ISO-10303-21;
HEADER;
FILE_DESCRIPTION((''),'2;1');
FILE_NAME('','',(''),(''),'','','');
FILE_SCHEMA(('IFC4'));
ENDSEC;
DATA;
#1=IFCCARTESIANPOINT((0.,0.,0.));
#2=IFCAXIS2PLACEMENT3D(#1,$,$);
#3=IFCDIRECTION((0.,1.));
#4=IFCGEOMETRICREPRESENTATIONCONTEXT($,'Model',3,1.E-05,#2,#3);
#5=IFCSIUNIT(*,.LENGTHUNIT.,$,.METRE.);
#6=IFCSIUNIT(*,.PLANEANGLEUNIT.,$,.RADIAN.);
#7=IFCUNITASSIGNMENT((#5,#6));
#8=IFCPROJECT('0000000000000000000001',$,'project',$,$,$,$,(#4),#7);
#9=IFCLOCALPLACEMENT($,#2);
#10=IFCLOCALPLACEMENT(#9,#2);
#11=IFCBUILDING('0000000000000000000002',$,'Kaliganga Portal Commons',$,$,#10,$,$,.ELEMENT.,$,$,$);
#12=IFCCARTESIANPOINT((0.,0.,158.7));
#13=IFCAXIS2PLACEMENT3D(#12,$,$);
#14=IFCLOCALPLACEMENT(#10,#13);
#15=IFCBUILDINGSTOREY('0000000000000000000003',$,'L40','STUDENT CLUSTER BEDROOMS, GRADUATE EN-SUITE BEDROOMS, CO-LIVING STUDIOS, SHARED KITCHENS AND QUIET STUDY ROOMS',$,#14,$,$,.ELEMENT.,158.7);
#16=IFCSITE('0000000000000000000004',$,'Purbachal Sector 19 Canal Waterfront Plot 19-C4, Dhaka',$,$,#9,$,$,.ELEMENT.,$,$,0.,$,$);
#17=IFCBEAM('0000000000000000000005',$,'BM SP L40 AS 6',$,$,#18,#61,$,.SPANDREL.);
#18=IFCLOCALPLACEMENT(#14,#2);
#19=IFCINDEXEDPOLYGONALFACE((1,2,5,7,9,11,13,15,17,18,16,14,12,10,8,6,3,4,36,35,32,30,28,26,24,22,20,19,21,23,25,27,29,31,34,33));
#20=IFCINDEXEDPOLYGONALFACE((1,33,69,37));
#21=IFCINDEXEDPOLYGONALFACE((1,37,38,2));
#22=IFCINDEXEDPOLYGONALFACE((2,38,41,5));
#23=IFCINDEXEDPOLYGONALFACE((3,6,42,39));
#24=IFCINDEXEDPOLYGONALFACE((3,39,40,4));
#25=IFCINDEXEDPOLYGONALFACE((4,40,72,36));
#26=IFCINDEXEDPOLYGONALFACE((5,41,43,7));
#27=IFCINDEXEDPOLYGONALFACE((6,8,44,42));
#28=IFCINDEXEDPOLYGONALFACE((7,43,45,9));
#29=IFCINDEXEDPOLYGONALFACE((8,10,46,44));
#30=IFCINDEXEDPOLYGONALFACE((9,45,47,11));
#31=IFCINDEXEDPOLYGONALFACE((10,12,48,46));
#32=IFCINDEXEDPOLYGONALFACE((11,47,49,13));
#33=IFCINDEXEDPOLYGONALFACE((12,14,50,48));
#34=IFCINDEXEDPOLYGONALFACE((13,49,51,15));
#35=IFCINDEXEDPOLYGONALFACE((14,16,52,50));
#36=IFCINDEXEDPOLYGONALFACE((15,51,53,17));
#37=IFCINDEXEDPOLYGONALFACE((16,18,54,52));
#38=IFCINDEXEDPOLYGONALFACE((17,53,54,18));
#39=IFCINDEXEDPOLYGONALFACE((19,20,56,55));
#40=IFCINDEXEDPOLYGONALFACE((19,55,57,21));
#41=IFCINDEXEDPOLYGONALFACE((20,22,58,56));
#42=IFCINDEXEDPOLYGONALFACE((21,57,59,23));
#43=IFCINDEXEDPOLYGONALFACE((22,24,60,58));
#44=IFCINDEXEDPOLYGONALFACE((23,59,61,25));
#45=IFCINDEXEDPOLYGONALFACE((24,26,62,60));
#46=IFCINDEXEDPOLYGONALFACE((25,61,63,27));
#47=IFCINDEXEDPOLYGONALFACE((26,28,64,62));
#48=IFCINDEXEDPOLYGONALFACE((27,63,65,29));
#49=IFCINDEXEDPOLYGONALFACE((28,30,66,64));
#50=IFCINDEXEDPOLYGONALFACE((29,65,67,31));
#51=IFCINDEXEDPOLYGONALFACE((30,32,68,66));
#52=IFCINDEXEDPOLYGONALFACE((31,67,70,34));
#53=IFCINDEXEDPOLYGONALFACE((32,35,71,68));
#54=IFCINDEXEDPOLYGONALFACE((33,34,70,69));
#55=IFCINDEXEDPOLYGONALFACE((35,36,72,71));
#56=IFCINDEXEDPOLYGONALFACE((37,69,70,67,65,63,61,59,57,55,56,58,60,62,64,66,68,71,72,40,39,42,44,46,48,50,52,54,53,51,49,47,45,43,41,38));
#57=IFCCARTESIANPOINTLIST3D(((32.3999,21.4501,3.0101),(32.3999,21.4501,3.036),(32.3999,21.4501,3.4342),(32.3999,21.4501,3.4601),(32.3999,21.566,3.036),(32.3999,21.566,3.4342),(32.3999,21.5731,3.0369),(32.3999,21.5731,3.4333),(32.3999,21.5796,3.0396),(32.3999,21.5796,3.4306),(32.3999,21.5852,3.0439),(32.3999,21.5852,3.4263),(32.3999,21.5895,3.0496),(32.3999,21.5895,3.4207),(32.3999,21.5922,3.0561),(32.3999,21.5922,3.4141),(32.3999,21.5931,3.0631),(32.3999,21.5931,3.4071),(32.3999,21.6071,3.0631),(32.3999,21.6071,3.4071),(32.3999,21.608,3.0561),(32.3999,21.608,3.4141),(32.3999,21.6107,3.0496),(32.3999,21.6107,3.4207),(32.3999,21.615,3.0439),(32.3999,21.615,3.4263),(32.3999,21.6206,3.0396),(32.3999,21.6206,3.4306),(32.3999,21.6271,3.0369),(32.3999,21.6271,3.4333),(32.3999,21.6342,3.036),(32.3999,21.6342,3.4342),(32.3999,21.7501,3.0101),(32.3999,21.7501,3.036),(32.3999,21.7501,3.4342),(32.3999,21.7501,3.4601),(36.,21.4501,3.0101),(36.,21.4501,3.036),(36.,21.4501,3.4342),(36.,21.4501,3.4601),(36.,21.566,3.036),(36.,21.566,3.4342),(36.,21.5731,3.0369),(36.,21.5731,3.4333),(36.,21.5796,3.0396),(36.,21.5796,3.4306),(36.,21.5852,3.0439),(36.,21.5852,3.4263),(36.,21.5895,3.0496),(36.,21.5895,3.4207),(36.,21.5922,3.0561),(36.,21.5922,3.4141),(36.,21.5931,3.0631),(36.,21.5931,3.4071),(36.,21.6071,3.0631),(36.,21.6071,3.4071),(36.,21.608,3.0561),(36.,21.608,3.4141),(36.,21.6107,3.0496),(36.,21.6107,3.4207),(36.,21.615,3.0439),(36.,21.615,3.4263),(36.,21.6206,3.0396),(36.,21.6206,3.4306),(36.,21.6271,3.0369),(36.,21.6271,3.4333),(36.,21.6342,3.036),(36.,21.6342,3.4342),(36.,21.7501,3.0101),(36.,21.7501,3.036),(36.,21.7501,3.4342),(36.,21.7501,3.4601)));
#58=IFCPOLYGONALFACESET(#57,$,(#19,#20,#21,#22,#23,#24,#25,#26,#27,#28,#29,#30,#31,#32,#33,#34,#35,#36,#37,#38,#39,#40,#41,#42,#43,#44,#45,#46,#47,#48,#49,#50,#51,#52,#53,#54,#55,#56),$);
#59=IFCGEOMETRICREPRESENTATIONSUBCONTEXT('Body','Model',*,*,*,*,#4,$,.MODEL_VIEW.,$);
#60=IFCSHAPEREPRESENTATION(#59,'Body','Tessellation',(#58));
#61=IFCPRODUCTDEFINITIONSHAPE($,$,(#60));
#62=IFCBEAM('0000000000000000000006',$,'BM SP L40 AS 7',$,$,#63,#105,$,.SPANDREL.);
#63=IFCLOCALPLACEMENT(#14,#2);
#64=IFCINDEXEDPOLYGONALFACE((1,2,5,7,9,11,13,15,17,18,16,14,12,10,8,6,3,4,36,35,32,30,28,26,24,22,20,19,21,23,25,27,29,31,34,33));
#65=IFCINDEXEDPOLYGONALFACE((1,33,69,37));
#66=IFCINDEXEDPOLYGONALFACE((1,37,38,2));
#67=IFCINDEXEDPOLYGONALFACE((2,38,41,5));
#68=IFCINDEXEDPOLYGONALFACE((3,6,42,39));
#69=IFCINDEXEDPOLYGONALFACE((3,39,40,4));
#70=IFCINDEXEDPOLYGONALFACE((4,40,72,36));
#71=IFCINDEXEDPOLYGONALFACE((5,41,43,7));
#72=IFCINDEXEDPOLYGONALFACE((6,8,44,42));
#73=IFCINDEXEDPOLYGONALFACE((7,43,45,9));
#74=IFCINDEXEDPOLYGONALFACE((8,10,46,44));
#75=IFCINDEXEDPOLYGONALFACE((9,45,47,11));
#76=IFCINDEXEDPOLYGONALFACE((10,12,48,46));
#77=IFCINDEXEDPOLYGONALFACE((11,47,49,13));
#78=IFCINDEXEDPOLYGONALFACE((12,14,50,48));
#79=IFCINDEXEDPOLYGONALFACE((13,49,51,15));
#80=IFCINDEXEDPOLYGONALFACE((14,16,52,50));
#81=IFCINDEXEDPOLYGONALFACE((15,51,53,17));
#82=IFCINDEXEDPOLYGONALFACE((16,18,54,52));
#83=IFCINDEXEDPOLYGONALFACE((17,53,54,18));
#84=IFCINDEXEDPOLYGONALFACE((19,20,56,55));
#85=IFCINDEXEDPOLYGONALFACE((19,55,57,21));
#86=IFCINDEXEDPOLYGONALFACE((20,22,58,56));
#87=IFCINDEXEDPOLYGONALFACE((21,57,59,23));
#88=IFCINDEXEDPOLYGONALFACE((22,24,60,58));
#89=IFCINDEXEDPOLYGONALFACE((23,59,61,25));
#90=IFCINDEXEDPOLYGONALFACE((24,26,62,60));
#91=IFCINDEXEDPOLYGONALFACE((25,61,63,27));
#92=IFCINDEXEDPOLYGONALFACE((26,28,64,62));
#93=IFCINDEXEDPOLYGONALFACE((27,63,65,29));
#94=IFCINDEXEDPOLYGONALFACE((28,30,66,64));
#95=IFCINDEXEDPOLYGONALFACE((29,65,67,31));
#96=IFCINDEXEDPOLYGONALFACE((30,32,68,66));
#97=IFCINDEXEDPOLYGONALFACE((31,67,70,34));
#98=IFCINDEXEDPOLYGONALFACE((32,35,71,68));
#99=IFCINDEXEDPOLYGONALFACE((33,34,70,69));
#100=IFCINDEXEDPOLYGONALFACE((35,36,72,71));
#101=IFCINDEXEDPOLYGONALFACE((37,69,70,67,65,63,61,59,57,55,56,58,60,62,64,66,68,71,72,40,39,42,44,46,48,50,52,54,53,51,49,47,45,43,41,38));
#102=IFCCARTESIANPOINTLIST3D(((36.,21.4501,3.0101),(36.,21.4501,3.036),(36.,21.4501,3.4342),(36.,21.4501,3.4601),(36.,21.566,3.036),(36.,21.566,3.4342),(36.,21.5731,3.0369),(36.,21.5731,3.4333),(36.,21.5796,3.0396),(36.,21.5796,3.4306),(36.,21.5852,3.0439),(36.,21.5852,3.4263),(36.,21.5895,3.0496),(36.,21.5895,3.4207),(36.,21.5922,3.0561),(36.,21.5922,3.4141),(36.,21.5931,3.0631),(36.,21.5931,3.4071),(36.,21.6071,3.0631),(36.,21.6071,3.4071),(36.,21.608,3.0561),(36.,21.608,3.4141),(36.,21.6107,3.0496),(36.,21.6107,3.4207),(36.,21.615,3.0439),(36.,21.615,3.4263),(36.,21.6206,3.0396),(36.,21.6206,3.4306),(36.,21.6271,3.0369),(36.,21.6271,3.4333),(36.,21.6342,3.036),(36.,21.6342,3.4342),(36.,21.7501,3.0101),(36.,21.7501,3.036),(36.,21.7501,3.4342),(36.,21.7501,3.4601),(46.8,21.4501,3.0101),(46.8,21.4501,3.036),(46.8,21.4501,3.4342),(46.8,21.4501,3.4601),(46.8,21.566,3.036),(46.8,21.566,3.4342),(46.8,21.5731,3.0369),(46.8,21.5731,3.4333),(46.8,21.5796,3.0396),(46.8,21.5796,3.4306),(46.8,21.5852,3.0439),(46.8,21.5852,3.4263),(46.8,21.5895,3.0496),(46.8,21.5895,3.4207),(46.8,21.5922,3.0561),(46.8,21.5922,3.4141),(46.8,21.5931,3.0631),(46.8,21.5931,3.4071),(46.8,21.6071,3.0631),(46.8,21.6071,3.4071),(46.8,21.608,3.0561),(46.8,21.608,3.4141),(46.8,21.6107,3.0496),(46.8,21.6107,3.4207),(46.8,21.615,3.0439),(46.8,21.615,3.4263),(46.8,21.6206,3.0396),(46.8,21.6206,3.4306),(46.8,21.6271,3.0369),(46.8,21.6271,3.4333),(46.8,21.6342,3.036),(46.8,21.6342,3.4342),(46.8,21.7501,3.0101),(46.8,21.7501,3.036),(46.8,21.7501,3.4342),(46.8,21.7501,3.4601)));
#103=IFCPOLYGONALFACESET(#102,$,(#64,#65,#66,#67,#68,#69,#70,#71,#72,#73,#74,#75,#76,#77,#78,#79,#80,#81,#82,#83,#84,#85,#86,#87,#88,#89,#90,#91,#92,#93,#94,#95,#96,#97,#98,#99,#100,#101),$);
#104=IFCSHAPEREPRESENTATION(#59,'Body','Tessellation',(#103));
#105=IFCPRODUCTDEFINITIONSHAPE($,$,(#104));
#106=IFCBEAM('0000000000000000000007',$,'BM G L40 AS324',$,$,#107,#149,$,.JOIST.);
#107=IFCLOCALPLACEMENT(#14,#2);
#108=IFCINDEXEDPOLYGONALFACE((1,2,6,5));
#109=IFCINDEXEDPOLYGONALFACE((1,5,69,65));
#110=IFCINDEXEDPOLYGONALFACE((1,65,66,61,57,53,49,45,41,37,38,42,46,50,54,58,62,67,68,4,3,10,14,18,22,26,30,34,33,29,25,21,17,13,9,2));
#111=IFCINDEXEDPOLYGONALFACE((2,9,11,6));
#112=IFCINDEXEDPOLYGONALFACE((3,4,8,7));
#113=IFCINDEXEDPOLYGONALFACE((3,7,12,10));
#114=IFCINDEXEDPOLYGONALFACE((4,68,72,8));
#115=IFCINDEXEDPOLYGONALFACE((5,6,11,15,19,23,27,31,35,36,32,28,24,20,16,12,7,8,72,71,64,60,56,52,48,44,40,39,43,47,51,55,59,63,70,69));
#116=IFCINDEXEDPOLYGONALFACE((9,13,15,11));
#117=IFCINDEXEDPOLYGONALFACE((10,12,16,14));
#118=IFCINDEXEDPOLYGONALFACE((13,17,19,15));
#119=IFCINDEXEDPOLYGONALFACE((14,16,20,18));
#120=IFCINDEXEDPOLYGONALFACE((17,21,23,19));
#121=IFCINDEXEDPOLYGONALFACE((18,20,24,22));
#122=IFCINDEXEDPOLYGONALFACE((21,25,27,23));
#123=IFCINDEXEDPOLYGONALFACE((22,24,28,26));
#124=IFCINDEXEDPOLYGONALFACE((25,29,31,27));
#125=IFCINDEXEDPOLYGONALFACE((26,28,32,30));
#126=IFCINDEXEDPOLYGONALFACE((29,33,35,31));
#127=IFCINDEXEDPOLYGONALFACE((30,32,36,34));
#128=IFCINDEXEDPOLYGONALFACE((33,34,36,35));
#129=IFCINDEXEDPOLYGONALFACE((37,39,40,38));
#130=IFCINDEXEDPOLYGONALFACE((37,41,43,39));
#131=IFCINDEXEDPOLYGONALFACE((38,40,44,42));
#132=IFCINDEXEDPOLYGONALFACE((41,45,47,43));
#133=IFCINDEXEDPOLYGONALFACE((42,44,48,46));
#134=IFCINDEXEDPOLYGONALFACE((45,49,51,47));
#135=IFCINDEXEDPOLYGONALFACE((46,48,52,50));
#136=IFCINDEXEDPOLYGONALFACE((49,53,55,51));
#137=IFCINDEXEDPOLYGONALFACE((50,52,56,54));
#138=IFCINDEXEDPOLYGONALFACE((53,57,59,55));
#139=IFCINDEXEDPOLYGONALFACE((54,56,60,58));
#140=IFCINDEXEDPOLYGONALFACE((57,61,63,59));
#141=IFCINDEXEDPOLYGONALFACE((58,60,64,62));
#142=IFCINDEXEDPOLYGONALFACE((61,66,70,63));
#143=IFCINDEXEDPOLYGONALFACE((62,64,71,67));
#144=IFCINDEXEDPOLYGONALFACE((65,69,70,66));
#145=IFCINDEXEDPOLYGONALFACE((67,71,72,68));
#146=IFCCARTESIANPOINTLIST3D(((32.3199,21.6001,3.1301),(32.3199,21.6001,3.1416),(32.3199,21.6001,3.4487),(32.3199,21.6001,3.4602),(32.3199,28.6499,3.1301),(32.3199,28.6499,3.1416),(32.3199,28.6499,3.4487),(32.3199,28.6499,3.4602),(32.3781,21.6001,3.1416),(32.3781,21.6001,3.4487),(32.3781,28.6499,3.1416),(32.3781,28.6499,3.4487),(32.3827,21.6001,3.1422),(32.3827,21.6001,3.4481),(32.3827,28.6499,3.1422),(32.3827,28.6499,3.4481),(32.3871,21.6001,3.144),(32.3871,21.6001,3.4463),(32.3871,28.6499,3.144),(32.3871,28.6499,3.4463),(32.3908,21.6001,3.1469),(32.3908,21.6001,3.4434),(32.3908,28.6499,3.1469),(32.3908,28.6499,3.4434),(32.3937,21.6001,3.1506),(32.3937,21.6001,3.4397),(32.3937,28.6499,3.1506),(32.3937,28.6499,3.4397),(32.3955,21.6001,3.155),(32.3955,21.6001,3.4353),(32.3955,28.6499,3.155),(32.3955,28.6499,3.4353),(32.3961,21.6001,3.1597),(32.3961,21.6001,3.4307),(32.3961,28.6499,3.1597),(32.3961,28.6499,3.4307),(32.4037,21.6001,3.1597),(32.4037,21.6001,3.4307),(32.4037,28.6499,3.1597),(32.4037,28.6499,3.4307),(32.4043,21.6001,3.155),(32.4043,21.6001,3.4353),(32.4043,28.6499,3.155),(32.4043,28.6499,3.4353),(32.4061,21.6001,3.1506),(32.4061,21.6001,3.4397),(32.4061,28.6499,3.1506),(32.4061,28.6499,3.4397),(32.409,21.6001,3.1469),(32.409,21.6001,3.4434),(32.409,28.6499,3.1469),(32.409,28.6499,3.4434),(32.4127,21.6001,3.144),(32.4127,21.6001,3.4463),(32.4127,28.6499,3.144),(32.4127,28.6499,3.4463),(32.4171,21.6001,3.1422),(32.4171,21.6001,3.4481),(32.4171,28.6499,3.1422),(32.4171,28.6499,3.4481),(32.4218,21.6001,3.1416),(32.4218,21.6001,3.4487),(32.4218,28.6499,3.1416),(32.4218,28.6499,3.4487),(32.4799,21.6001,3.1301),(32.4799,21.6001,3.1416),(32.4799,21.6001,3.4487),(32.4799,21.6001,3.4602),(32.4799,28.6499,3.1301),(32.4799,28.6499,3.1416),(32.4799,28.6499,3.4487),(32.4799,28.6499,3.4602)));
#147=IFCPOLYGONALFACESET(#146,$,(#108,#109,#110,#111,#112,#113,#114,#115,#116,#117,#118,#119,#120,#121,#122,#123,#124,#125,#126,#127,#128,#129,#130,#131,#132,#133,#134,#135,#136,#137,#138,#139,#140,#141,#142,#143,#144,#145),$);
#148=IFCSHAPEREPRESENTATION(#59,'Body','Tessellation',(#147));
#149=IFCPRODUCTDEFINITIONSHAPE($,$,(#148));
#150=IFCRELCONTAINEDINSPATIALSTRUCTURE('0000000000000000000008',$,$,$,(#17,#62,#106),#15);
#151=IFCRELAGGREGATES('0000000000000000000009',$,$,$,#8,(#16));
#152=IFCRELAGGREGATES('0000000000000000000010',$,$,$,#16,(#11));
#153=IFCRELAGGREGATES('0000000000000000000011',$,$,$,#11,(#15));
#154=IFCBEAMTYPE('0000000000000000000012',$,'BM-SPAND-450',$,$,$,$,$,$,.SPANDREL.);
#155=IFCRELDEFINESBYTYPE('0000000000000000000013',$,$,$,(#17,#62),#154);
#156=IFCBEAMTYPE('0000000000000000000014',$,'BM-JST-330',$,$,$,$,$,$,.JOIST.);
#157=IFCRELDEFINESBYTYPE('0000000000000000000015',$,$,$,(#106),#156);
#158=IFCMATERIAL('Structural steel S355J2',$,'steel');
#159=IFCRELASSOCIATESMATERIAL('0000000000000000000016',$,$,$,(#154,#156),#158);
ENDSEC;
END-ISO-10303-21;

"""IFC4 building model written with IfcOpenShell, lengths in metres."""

from ifc_helpers import new_model, si_unit, direction, frame, origin, origin_2d, place, context, subcontext, project, spatial, i_section, extrude, source, transform, mapped, material, material_profile, profile_set, type_object, element, save


model = new_model("IFC4")

# Units and contexts
model_context = context("Model", 3, precision=1e-05, world=origin(), true_north=direction((0.0, 1.0)))
body_context = subcontext(model_context, "Body", "Model", "MODEL_VIEW")
ifc_project = project(units=[si_unit("LENGTHUNIT", "METRE"), si_unit("PLANEANGLEUNIT", "RADIAN")], contexts=[model_context])

# Site, building, storey
site_placement = place(None, origin())
site = spatial("IfcSite", under=ifc_project, at=site_placement, Name="Purbachal Sector 19 Canal Waterfront Plot 19-C4, Dhaka", CompositionType="ELEMENT", RefElevation=0.0)
building_placement = place(site_placement, origin())
building = spatial("IfcBuilding", under=site, at=building_placement, Name="Kaliganga Portal Commons", CompositionType="ELEMENT")
storey_placement = place(building_placement, frame((0.0, 0.0, 158.7)))
storey = spatial("IfcBuildingStorey", under=building, at=storey_placement, Name="L40", Description="STUDENT CLUSTER BEDROOMS, GRADUATE EN-SUITE BEDROOMS, CO-LIVING STUDIOS, SHARED KITCHENS AND QUIET STUDY ROOMS", CompositionType="ELEMENT", Elevation=158.7)

# Beams
ifc_material_1 = material(Name="Structural steel S355J2", Category="steel")
ifc_material_profile_1 = material_profile(ifc_material_1, i_section(OverallWidth=0.3, OverallDepth=0.45, WebThickness=0.0139, FlangeThickness=0.0259, FilletRadius=0.0271, at=origin_2d()), Name="HE 450 B")
ifc_profile_set_1 = profile_set([ifc_material_profile_1], Name="Structural steel S355J2 wide-flange")
beam_type_1 = type_object("IfcBeamType", Name="BM-SPAND-450", PredefinedType="SPANDREL", material=ifc_profile_set_1)
shared_shape_1 = source(origin(), body_context, "Body", "SweptSolid", [
    extrude(i_section(OverallWidth=0.3, OverallDepth=0.45, WebThickness=0.0139, FlangeThickness=0.0259, FilletRadius=0.0271, at=origin_2d()), origin(), (0.0, 0.0, 1.0), 3.6001),
])
beam_1_placement = place(storey_placement, frame((32.3999, 21.6001, 3.2351), z_axis=(1.0, 0.0, 0.0), x_axis=(0.0, 1.0, 0.0)))
element("IfcBeam", 1, at=beam_1_placement, inside=storey, type_object=beam_type_1, Name="BM SP L40 AS 6", PredefinedType="SPANDREL", context=body_context, shape_type="MappedRepresentation", body=[
    mapped(shared_shape_1, transform((0.0, 0.0, 0.0), x_axis=(1.0, 0.0, 0.0), y_axis=(0.0, 1.0, 0.0), z_axis=(0.0, 0.0, 1.0), scale=1.0)),
])
shared_shape_2 = source(origin(), body_context, "Body", "SweptSolid", [
    extrude(i_section(OverallWidth=0.3, OverallDepth=0.45, WebThickness=0.0139, FlangeThickness=0.0259, FilletRadius=0.0271, at=origin_2d()), origin(), (0.0, 0.0, 1.0), 10.8),
])
beam_2_placement = place(storey_placement, frame((36.0, 21.6001, 3.2351), z_axis=(1.0, 0.0, 0.0), x_axis=(0.0, 1.0, 0.0)))
element("IfcBeam", 2, at=beam_2_placement, inside=storey, type_object=beam_type_1, Name="BM SP L40 AS 7", PredefinedType="SPANDREL", context=body_context, shape_type="MappedRepresentation", body=[
    mapped(shared_shape_2, transform((0.0, 0.0, 0.0), x_axis=(1.0, 0.0, 0.0), y_axis=(0.0, 1.0, 0.0), z_axis=(0.0, 0.0, 1.0), scale=1.0)),
])
ifc_material_profile_2 = material_profile(ifc_material_1, i_section(OverallWidth=0.1599, OverallDepth=0.3301, WebThickness=0.0076, FlangeThickness=0.0115, FilletRadius=0.0181, at=origin_2d()), Name="IPE 330")
ifc_profile_set_2 = profile_set([ifc_material_profile_2], Name="Structural steel S355J2 wide-flange")
beam_type_2 = type_object("IfcBeamType", Name="BM-JST-330", PredefinedType="JOIST", material=ifc_profile_set_2)
shared_shape_3 = source(origin(), body_context, "Body", "SweptSolid", [
    extrude(i_section(OverallWidth=0.1599, OverallDepth=0.3301, WebThickness=0.0076, FlangeThickness=0.0115, FilletRadius=0.0181, at=origin_2d()), origin(), (0.0, 0.0, 1.0), 7.0498),
])
beam_3_placement = place(storey_placement, frame((32.3999, 21.6001, 3.2952), z_axis=(0.0, 1.0, 0.0), x_axis=(-1.0, 0.0, 0.0)))
element("IfcBeam", 3, at=beam_3_placement, inside=storey, type_object=beam_type_2, Name="BM G L40 AS324", PredefinedType="JOIST", context=body_context, shape_type="MappedRepresentation", body=[
    mapped(shared_shape_3, transform((0.0, 0.0, 0.0), x_axis=(1.0, 0.0, 0.0), y_axis=(0.0, 1.0, 0.0), z_axis=(0.0, 0.0, 1.0), scale=1.0)),
])

save(model, "model.ifc")
